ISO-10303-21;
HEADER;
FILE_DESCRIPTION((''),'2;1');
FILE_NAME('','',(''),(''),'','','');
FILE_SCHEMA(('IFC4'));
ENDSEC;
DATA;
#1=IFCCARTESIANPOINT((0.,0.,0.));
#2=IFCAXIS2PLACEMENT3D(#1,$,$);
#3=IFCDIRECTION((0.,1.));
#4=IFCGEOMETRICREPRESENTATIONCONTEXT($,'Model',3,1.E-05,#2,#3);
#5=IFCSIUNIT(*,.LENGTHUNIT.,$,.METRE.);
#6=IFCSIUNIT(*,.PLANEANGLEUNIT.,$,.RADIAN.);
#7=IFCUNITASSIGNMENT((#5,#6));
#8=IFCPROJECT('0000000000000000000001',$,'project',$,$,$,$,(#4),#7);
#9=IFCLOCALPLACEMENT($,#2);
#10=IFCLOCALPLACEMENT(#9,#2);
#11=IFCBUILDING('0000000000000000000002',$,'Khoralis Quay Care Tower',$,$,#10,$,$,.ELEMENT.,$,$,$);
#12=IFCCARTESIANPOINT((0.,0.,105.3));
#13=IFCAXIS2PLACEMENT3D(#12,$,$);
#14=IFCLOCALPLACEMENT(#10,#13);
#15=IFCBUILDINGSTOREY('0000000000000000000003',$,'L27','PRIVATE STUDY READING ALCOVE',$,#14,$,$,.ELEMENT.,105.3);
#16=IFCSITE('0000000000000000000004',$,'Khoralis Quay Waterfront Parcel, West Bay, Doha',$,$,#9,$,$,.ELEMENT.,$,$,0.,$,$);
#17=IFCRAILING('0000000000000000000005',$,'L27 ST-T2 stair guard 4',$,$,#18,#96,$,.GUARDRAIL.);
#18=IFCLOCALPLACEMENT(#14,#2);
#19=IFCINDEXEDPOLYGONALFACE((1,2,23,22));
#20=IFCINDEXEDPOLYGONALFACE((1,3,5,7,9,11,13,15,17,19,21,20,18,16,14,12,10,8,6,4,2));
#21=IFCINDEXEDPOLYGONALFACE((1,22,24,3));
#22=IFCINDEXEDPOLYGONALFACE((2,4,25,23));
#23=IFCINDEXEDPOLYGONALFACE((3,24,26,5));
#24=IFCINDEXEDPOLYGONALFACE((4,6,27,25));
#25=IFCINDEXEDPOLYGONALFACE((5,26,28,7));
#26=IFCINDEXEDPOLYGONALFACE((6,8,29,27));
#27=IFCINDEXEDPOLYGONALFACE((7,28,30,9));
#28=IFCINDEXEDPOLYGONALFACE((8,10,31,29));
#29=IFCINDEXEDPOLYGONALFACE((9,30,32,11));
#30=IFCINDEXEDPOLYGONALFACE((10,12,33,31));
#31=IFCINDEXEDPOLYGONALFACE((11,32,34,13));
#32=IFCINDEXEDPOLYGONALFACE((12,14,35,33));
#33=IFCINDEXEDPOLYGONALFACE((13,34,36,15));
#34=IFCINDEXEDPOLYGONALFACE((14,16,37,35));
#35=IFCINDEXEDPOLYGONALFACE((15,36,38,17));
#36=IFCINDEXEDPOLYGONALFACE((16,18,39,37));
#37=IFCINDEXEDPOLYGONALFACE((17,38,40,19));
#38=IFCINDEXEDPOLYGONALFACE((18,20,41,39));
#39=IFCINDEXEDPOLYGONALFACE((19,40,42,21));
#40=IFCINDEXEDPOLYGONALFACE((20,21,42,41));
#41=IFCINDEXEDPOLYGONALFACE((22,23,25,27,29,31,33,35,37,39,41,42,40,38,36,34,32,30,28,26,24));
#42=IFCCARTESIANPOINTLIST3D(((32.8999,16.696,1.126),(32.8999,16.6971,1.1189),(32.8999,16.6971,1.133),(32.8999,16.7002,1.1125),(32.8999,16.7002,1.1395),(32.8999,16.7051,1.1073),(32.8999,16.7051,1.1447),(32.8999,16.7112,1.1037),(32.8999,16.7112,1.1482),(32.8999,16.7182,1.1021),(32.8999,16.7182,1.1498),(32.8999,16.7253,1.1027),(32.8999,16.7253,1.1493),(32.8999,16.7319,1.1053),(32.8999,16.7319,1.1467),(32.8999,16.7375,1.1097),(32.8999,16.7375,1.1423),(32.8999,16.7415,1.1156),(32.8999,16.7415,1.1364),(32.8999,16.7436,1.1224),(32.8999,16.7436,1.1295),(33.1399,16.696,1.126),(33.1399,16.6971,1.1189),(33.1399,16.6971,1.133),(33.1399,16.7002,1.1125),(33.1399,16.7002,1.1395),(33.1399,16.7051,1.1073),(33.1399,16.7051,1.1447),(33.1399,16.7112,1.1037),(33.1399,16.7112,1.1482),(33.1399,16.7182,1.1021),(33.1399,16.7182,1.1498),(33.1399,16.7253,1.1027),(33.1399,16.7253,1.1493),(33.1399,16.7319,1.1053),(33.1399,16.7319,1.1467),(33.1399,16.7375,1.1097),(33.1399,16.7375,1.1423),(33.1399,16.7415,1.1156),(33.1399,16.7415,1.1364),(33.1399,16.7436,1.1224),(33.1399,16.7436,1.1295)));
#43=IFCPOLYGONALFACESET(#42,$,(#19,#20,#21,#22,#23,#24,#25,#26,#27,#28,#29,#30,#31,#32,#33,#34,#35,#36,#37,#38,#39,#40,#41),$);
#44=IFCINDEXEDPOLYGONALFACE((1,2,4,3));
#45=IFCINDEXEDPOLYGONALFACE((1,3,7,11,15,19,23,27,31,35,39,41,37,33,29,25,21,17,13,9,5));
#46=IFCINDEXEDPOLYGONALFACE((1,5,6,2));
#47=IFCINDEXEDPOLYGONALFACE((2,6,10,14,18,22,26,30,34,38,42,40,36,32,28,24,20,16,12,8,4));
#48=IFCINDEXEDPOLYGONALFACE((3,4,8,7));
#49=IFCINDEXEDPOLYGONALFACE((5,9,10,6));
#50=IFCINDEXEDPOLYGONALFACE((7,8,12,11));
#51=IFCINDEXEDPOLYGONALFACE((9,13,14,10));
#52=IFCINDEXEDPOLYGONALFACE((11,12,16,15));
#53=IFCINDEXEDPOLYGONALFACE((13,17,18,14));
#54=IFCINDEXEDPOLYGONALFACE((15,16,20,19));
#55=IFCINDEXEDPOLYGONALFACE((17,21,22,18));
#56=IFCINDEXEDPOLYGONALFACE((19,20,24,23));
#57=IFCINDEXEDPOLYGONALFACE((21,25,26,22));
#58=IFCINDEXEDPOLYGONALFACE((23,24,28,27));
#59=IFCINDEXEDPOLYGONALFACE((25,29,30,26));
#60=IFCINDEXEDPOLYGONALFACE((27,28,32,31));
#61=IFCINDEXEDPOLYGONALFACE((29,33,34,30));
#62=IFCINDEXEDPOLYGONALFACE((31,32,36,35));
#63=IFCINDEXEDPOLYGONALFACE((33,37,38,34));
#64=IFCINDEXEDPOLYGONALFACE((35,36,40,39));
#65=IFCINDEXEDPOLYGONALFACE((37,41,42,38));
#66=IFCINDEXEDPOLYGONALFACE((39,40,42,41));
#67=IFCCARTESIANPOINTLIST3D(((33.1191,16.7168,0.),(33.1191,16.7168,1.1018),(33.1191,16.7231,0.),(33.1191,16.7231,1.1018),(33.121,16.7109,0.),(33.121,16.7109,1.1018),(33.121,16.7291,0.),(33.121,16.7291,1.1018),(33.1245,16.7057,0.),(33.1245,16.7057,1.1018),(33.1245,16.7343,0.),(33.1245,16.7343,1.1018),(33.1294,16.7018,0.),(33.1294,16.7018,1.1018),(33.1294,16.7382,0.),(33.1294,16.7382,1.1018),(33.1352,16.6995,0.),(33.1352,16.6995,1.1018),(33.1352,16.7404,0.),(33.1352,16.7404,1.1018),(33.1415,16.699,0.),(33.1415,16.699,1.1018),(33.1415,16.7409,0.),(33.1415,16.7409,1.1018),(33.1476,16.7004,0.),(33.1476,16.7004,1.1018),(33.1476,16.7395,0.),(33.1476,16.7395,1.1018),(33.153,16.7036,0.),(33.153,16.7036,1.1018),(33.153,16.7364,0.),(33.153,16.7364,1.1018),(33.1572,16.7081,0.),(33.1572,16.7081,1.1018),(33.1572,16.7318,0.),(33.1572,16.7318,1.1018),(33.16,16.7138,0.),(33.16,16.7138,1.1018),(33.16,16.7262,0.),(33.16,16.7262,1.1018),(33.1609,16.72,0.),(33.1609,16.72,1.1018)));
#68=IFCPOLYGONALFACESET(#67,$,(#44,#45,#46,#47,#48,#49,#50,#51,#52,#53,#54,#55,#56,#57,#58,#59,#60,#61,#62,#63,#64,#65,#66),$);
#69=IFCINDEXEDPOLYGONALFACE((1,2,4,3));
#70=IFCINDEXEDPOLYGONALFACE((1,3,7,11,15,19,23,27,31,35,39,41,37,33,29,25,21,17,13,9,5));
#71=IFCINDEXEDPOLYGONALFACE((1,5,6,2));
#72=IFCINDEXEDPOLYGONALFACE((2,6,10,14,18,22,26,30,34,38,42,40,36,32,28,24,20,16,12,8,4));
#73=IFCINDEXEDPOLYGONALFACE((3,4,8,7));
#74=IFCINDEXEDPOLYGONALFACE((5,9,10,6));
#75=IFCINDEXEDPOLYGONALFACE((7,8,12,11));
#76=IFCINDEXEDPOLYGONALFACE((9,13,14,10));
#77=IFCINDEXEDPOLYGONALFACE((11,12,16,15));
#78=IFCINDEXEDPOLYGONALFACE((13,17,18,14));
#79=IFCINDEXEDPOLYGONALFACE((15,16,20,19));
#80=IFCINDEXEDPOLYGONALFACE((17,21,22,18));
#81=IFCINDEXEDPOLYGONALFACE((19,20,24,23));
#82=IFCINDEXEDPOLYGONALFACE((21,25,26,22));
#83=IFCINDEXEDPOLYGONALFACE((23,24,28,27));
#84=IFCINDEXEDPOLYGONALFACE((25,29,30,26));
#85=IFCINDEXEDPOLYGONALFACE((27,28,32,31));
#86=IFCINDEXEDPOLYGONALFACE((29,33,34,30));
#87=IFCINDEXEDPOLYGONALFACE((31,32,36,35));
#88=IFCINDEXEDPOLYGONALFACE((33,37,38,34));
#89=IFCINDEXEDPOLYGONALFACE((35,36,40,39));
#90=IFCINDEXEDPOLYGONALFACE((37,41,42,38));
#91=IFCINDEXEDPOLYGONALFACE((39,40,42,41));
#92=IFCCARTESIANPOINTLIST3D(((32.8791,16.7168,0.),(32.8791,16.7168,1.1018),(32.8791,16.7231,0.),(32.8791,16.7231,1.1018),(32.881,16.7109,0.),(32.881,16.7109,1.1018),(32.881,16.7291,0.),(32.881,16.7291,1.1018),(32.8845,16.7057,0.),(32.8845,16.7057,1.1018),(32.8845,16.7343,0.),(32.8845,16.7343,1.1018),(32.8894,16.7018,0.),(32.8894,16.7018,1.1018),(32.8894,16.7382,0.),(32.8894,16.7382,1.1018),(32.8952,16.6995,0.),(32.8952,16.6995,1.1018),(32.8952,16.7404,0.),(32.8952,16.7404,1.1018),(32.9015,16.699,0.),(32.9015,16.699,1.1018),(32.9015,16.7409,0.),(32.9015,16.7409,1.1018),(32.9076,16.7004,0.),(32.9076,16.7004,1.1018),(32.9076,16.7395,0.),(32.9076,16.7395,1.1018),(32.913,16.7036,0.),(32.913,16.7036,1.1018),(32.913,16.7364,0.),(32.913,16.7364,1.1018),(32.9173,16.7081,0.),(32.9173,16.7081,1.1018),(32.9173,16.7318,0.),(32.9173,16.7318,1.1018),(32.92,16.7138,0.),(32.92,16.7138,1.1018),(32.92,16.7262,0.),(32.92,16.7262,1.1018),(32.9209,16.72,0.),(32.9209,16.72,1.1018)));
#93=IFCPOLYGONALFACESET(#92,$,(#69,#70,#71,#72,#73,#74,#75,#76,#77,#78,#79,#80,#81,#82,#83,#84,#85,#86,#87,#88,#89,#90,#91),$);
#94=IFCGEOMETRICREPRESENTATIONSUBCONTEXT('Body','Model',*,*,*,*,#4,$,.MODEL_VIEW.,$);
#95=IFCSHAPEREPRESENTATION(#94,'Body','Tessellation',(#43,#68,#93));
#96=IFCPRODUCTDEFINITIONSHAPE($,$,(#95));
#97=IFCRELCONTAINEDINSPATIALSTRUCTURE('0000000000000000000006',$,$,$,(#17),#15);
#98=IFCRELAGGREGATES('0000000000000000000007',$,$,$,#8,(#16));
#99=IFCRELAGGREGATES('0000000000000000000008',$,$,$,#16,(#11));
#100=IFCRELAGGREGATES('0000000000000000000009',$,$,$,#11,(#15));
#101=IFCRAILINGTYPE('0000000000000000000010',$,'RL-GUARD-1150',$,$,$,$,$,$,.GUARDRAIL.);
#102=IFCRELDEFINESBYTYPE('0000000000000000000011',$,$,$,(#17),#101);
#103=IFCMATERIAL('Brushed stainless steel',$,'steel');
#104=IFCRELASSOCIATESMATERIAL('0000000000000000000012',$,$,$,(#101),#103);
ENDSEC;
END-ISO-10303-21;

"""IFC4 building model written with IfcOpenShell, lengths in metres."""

from ifc_helpers import new_model, si_unit, direction, frame, origin, origin_2d, place, context, subcontext, project, spatial, circle, extrude, material, type_object, element, save


model = new_model("IFC4")

# Units and contexts
model_context = context("Model", 3, precision=1e-05, world=origin(), true_north=direction((0.0, 1.0)))
body_context = subcontext(model_context, "Body", "Model", "MODEL_VIEW")
ifc_project = project(units=[si_unit("LENGTHUNIT", "METRE"), si_unit("PLANEANGLEUNIT", "RADIAN")], contexts=[model_context])

# Site, building, storey
site_placement = place(None, origin())
site = spatial("IfcSite", under=ifc_project, at=site_placement, Name="Khoralis Quay Waterfront Parcel, West Bay, Doha", CompositionType="ELEMENT", RefElevation=0.0)
building_placement = place(site_placement, origin())
building = spatial("IfcBuilding", under=site, at=building_placement, Name="Khoralis Quay Care Tower", CompositionType="ELEMENT")
storey_placement = place(building_placement, frame((0.0, 0.0, 105.3)))
storey = spatial("IfcBuildingStorey", under=building, at=storey_placement, Name="L27", Description="PRIVATE STUDY READING ALCOVE", CompositionType="ELEMENT", Elevation=105.3)

# Railing
ifc_material_1 = material(Name="Brushed stainless steel", Category="steel")
railing_type_1 = type_object("IfcRailingType", Name="RL-GUARD-1150", PredefinedType="GUARDRAIL", material=ifc_material_1)
railing_1_placement = place(storey_placement, frame((33.1399, 16.72, 0.0)))
element("IfcRailing", 1, at=railing_1_placement, inside=storey, type_object=railing_type_1, Name="L27 ST-T2 stair guard 4", PredefinedType="GUARDRAIL", context=body_context, shape_type="SweptSolid", body=[
    extrude(circle(Radius=0.0239, at=origin_2d()), frame((0.0, 0.0, 1.126), z_axis=(-1.0, 0.0, 0.0), x_axis=(0.0, -1.0, 0.0)), (0.0, 0.0, 1.0), 0.24),
    extrude(circle(Radius=0.021, at=origin_2d()), origin(), (0.0, 0.0, 1.0), 1.1018),
    extrude(circle(Radius=0.021, at=origin_2d()), frame((-0.24, 0.0, 0.0)), (0.0, 0.0, 1.0), 1.1018),
])

save(model, "model.ifc")
